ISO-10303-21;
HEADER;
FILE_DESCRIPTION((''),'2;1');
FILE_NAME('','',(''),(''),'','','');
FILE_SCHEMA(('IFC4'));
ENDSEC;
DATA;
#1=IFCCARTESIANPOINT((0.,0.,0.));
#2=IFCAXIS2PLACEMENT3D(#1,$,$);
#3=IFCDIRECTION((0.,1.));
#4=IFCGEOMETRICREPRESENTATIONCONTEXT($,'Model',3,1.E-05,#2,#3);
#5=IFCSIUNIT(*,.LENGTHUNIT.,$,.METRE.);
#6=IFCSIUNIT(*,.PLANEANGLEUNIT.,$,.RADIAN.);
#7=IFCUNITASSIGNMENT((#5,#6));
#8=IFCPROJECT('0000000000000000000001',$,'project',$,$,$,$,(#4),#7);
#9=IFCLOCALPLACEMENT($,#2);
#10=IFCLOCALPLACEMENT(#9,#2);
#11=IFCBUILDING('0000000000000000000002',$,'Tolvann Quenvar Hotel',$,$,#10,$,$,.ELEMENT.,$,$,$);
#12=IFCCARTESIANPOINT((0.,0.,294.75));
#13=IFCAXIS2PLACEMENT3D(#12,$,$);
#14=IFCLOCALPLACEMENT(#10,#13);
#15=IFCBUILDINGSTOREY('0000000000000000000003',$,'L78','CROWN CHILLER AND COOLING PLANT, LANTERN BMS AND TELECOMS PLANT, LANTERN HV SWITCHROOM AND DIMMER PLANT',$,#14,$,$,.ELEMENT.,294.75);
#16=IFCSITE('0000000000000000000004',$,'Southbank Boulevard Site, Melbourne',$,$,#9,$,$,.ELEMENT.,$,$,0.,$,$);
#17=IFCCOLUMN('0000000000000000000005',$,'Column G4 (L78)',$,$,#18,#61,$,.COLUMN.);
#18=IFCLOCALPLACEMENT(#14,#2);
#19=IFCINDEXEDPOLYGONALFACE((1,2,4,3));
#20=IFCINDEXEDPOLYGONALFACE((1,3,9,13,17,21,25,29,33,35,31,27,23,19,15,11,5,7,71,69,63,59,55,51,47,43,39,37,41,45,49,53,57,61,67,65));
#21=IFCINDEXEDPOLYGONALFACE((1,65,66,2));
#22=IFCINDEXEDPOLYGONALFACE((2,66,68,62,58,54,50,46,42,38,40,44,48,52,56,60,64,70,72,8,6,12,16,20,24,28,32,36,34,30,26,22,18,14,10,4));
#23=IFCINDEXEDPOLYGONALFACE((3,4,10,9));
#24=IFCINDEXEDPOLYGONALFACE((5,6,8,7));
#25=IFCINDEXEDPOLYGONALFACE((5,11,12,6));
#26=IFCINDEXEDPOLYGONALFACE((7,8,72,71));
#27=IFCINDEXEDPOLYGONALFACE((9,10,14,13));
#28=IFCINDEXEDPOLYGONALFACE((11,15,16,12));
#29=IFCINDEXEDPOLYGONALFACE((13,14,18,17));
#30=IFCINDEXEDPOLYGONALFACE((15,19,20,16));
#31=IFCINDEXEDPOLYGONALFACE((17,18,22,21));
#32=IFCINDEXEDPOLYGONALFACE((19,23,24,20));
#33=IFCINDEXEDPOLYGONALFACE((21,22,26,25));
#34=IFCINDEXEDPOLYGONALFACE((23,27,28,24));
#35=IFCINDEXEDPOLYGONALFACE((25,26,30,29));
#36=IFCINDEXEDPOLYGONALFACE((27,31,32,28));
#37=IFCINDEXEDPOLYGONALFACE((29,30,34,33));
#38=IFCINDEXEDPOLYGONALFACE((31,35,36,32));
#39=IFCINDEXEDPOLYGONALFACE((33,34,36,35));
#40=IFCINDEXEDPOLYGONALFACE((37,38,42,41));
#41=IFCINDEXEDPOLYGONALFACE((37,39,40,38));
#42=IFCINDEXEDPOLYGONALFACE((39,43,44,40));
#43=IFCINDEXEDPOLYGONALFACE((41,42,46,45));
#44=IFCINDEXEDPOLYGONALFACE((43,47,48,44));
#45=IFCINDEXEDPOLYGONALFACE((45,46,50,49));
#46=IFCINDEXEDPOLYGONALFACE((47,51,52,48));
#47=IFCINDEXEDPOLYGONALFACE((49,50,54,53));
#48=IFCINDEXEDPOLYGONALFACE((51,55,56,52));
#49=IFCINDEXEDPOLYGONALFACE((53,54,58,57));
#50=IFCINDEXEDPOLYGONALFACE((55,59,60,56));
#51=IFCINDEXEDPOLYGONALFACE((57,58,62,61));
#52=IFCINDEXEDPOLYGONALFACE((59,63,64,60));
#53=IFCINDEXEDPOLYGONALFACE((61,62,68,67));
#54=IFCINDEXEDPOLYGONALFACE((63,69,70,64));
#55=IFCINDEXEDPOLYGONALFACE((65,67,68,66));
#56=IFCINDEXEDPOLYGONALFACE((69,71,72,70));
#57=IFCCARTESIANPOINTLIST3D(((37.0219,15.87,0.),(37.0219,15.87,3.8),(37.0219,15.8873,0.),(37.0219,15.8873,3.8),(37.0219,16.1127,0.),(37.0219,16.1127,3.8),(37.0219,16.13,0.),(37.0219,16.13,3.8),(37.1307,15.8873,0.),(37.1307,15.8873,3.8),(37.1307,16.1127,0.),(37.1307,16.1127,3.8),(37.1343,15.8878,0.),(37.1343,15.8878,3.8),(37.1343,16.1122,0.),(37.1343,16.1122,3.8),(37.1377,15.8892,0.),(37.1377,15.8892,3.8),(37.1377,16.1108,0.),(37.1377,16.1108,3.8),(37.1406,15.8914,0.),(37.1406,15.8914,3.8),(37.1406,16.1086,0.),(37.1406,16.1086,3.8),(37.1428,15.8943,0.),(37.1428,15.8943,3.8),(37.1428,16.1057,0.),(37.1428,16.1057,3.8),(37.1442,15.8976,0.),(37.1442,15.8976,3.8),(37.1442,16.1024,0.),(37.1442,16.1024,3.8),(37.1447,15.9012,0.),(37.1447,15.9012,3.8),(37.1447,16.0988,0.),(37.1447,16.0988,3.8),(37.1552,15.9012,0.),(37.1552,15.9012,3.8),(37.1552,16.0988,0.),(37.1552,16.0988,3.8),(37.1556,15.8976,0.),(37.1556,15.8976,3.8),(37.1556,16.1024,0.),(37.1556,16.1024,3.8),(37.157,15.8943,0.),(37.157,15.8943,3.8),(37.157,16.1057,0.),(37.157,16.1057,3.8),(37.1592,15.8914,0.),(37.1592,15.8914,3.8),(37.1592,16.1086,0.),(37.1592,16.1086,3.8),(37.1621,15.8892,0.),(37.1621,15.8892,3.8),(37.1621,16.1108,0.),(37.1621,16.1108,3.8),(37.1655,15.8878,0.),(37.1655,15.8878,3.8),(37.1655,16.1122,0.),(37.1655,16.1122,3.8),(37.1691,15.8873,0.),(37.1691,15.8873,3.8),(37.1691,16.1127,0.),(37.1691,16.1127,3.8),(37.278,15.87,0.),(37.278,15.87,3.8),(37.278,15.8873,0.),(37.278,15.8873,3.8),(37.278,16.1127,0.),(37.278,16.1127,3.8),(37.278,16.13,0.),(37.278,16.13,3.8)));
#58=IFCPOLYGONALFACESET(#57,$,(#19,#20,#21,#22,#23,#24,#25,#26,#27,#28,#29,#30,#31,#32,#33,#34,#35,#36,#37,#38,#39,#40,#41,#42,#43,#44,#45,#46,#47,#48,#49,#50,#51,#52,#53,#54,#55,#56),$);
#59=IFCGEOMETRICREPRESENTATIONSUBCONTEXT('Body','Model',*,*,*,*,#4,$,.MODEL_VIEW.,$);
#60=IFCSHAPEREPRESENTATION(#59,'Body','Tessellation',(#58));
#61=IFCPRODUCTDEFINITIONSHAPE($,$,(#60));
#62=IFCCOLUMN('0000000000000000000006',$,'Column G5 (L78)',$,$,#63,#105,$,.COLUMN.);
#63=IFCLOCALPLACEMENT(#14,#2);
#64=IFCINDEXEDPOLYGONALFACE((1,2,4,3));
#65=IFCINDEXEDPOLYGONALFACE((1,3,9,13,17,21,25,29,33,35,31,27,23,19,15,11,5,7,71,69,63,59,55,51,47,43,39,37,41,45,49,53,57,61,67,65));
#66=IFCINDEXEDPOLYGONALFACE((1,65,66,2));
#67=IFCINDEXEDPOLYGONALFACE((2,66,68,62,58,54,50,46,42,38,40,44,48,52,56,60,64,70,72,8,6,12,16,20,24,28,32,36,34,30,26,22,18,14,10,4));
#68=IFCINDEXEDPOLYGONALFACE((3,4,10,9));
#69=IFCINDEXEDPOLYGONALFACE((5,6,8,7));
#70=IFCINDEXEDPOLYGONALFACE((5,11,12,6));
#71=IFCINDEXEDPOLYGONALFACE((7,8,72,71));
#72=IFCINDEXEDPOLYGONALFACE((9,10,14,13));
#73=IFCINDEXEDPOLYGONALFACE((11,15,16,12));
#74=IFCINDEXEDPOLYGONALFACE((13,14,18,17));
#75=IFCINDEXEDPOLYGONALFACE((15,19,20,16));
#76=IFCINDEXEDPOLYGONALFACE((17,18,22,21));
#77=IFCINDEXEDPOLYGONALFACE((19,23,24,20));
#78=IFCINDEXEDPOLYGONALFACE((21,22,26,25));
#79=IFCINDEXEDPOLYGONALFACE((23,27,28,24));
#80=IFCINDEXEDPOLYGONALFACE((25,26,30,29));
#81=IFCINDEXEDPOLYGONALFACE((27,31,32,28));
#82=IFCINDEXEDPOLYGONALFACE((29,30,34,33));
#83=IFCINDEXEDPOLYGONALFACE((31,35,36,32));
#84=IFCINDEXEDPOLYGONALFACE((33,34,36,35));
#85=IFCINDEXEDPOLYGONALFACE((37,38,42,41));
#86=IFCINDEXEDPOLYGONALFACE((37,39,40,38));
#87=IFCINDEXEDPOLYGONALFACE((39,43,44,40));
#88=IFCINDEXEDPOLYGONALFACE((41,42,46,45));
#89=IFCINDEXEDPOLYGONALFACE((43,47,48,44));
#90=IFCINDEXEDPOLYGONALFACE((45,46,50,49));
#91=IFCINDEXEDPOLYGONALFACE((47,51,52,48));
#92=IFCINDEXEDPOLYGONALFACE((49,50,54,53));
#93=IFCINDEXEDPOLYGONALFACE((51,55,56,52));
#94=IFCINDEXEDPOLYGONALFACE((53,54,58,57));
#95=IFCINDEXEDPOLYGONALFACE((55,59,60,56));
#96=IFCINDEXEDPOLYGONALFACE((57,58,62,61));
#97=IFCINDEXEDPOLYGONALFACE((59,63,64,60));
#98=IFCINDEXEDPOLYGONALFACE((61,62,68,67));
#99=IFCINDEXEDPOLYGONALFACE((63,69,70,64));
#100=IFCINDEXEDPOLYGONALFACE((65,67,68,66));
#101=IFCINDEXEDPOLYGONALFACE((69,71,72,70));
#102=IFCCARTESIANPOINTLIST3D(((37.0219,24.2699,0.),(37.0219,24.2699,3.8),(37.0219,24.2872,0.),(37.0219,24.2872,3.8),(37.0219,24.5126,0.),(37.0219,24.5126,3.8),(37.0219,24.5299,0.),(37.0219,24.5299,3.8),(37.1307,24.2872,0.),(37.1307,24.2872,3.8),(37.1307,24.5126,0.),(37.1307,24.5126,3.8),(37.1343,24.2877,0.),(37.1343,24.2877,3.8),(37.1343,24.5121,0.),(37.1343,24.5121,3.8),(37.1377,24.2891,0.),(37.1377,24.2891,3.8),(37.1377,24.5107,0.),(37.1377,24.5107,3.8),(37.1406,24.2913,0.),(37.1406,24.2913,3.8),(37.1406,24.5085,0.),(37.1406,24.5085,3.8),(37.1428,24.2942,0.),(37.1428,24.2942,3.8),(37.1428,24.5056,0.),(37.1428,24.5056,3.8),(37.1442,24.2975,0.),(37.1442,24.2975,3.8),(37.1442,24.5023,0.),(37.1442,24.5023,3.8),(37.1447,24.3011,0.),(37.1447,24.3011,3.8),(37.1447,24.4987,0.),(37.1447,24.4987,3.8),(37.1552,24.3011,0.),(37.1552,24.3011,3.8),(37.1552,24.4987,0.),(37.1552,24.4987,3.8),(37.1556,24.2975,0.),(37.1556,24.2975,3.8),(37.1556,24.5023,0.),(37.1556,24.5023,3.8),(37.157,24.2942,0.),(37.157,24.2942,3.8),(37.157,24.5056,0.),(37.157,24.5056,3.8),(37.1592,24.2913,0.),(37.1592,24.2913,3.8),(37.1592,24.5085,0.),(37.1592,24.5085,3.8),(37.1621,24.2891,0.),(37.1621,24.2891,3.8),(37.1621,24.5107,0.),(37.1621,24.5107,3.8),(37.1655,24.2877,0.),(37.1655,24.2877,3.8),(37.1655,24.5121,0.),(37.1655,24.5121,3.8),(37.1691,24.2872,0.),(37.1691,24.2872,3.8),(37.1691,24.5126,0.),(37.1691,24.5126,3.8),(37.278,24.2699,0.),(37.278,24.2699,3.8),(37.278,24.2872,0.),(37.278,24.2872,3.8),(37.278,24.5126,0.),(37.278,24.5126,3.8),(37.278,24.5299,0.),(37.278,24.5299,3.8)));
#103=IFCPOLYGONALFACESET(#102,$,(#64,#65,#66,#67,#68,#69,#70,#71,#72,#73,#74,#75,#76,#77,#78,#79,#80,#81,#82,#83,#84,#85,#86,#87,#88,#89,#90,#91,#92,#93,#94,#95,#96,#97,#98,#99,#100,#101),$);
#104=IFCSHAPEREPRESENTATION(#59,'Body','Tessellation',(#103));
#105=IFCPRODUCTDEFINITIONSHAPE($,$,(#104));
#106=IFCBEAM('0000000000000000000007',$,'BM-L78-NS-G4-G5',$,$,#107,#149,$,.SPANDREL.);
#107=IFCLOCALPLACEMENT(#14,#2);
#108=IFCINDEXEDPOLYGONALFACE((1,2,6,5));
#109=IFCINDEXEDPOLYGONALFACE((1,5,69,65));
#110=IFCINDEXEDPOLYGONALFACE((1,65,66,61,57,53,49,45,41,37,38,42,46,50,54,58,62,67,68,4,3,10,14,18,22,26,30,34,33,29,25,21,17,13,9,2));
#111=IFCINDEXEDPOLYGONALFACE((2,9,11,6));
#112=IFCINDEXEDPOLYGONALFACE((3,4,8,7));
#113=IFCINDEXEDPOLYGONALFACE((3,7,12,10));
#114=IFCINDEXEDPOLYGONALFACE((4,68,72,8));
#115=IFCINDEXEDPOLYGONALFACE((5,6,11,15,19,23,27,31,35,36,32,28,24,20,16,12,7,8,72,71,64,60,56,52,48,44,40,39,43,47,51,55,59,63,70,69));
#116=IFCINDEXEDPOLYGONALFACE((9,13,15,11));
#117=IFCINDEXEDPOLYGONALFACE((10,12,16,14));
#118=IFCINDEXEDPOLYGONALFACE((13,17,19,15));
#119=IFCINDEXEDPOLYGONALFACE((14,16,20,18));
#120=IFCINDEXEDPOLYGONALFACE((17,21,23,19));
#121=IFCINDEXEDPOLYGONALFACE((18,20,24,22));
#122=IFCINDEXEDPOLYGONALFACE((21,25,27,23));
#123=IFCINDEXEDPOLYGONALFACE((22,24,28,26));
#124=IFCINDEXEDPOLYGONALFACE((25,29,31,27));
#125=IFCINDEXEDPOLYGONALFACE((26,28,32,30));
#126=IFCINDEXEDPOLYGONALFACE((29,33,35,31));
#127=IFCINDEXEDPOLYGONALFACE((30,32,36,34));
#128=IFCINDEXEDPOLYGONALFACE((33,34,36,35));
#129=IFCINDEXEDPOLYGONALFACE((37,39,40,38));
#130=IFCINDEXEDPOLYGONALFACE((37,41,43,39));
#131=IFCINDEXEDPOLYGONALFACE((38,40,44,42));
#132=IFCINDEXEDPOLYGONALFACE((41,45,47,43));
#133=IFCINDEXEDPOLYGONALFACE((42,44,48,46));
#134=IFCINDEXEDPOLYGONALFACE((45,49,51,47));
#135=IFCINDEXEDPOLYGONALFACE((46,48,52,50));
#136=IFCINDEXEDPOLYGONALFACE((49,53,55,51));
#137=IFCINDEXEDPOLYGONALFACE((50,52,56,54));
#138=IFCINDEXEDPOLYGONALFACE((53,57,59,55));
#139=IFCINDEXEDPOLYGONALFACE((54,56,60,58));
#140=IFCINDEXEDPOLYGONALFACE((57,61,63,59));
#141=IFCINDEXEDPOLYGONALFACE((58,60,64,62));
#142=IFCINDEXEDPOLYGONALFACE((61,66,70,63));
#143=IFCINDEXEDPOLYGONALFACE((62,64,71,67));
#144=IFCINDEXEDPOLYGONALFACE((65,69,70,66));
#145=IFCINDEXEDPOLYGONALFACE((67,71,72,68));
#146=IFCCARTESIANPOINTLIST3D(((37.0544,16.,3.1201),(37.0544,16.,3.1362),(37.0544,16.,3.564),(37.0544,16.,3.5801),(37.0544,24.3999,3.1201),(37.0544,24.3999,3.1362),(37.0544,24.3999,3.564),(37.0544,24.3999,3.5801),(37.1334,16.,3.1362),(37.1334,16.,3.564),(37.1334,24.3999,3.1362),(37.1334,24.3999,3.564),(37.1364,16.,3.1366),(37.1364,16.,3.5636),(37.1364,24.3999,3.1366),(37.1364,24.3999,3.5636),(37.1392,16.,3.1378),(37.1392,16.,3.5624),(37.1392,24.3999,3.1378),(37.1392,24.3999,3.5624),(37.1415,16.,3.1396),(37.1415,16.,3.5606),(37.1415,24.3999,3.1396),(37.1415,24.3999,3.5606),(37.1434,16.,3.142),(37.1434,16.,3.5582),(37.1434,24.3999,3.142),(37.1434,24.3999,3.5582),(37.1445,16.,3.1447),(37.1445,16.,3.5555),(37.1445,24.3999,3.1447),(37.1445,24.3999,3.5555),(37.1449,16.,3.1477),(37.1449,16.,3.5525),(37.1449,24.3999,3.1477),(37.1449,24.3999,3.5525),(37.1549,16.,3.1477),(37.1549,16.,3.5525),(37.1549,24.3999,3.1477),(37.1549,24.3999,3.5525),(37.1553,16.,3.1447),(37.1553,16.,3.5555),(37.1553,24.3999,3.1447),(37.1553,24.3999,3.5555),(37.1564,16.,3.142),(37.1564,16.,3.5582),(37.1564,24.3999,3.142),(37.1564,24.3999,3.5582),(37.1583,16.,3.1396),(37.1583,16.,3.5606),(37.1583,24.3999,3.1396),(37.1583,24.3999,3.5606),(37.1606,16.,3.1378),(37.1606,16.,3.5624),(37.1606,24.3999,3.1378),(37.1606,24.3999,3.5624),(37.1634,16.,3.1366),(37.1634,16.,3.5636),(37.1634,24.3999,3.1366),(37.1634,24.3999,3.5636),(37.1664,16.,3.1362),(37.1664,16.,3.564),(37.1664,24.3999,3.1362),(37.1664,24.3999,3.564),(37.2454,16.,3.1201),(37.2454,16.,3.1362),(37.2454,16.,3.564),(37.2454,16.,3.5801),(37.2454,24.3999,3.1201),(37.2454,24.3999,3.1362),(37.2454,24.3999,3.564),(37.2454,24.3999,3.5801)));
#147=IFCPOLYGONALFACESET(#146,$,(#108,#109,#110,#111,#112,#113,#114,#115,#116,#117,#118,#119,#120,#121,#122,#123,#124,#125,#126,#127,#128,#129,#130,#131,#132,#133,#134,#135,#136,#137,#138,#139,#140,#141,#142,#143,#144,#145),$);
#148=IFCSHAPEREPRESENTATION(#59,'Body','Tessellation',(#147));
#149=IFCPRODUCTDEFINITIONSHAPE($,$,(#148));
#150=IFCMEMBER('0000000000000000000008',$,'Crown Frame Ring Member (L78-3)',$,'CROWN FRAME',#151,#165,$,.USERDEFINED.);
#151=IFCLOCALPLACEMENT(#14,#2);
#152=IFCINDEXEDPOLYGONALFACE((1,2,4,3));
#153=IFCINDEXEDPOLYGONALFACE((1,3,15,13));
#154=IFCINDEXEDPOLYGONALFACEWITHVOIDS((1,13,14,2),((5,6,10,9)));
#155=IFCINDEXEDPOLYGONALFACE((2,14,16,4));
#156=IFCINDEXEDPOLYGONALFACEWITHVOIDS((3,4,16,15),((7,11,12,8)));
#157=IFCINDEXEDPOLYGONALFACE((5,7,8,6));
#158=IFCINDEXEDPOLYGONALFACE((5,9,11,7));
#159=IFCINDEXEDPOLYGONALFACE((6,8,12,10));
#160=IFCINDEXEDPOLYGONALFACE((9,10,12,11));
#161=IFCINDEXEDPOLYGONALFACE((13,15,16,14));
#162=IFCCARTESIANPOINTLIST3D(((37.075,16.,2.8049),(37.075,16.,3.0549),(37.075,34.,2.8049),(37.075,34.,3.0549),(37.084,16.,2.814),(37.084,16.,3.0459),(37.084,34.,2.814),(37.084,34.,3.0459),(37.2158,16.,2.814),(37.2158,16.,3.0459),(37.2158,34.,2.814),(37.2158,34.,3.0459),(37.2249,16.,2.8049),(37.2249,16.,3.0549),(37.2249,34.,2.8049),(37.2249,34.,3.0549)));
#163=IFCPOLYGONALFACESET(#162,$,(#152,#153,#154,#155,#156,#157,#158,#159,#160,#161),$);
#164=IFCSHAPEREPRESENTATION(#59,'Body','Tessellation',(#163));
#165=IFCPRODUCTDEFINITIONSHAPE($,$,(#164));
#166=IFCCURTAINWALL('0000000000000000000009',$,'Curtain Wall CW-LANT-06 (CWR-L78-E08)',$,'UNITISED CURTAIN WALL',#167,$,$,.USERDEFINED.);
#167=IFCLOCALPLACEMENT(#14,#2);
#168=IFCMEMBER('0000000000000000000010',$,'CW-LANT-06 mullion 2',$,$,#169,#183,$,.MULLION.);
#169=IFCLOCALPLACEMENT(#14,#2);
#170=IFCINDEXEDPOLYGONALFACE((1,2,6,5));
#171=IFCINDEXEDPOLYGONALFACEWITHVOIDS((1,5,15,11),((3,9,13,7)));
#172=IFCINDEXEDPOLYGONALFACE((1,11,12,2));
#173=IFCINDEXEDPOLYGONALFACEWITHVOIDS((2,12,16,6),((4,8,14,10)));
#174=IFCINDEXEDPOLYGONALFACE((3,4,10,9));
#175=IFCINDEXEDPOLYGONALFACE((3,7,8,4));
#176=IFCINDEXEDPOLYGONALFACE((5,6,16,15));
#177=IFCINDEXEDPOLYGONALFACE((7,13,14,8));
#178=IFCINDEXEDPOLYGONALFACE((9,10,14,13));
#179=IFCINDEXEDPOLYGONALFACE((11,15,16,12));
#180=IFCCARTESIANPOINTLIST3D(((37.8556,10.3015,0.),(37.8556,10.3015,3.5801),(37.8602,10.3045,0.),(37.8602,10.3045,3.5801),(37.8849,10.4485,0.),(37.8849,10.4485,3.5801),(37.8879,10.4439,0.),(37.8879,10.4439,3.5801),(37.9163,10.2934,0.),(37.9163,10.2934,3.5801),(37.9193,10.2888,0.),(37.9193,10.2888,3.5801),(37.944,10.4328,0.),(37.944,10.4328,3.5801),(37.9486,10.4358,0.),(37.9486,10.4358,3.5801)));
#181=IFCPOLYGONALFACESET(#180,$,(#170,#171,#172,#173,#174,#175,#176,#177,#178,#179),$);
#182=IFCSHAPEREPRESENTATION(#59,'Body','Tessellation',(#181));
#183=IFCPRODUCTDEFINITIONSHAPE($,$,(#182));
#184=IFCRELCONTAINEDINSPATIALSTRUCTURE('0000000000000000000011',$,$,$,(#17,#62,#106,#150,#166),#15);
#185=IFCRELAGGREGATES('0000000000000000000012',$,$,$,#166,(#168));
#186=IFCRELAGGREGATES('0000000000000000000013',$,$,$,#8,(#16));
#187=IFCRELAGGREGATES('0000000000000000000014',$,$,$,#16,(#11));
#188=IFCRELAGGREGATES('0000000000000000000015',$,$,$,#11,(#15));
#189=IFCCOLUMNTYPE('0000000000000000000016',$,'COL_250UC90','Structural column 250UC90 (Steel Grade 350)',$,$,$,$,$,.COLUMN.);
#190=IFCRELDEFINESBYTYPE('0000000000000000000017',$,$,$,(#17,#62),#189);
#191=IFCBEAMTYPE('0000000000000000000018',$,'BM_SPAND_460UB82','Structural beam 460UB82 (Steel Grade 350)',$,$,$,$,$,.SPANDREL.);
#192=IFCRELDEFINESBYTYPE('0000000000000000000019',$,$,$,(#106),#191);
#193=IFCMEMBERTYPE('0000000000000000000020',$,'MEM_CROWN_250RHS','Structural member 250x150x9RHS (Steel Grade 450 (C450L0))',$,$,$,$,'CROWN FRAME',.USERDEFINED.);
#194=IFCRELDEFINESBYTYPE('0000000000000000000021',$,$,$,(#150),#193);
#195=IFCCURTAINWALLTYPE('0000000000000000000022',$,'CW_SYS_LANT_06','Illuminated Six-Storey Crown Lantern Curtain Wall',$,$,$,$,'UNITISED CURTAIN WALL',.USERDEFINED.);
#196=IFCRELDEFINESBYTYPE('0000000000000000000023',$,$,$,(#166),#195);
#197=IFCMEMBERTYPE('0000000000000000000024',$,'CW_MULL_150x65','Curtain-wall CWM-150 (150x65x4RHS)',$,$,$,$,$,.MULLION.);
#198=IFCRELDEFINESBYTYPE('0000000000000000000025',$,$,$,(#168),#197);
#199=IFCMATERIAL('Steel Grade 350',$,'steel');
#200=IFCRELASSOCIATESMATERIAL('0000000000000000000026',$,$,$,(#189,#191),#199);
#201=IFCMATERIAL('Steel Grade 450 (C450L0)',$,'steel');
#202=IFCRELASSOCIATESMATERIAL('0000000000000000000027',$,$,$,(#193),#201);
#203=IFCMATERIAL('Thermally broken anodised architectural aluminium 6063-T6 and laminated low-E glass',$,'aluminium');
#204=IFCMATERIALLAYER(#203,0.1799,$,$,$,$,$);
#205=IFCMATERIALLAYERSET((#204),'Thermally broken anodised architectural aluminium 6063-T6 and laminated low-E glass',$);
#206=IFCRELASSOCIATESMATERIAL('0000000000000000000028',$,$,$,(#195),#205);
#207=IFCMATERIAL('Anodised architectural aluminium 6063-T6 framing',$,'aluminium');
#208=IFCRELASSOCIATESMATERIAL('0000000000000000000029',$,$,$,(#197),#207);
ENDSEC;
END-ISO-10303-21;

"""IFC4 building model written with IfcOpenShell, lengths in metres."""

from ifc_helpers import new_model, si_unit, direction, frame, origin, origin_2d, place, context, subcontext, project, spatial, hollow_rectangle, i_section, extrude, source, transform, mapped, material, layer, layer_set, material_profile, profile_set, type_object, type_shapes, element, aggregate, save


model = new_model("IFC4")

# Units and contexts
model_context = context("Model", 3, precision=1e-05, world=origin(), true_north=direction((0.0, 1.0)))
body_context = subcontext(model_context, "Body", "Model", "MODEL_VIEW")
ifc_project = project(units=[si_unit("LENGTHUNIT", "METRE"), si_unit("PLANEANGLEUNIT", "RADIAN")], contexts=[model_context])

# Site, building, storey
site_placement = place(None, origin())
site = spatial("IfcSite", under=ifc_project, at=site_placement, Name="Southbank Boulevard Site, Melbourne", CompositionType="ELEMENT", RefElevation=0.0)
building_placement = place(site_placement, origin())
building = spatial("IfcBuilding", under=site, at=building_placement, Name="Tolvann Quenvar Hotel", CompositionType="ELEMENT")
storey_placement = place(building_placement, frame((0.0, 0.0, 294.75)))
storey = spatial("IfcBuildingStorey", under=building, at=storey_placement, Name="L78", Description="CROWN CHILLER AND COOLING PLANT, LANTERN BMS AND TELECOMS PLANT, LANTERN HV SWITCHROOM AND DIMMER PLANT", CompositionType="ELEMENT", Elevation=294.75)

# Columns
ifc_material_1 = material(Name="Steel Grade 350", Category="steel")
ifc_material_profile_1 = material_profile(ifc_material_1, i_section(OverallWidth=0.2561, OverallDepth=0.26, WebThickness=0.0105, FlangeThickness=0.0173, FilletRadius=0.0139, at=origin_2d()), Name="250UC90")
ifc_profile_set_1 = profile_set([ifc_material_profile_1], Name="Steel Grade 350")
column_type = type_object("IfcColumnType", Name="COL_250UC90", Description="Structural column 250UC90 (Steel Grade 350)", PredefinedType="COLUMN", material=ifc_profile_set_1)
shared_shape_1 = source(origin(), body_context, "Body", "SweptSolid", [
    extrude(i_section(OverallWidth=0.2561, OverallDepth=0.26, WebThickness=0.0105, FlangeThickness=0.0173, FilletRadius=0.0139, at=origin_2d()), origin(), (0.0, 0.0, 1.0), 3.8),
])
type_shapes(column_type, [shared_shape_1])
for number, where, z_axis, x_axis, name in (
    (1, (37.1499, 16.0, 0.0), (0.0, 0.0, 1.0), (1.0, 0.0, 0.0), "Column G4 (L78)"),
    (2, (37.1499, 24.3999, 0.0), (0.0, 0.0, 1.0), (1.0, 0.0, 0.0), "Column G5 (L78)"),
):
    element("IfcColumn", number, at=place(storey_placement, frame(where, z_axis=z_axis, x_axis=x_axis)), inside=storey, type_object=column_type, Name=name, PredefinedType="COLUMN", context=body_context, shape_type="MappedRepresentation", body=[
        mapped(shared_shape_1, transform((0.0, 0.0, 0.0), x_axis=(1.0, 0.0, 0.0), y_axis=(0.0, 1.0, 0.0), z_axis=(0.0, 0.0, 1.0), scale=1.0)),
    ])

# Beam
ifc_material_profile_2 = material_profile(ifc_material_1, i_section(OverallWidth=0.1909, OverallDepth=0.46, WebThickness=0.01, FlangeThickness=0.0161, FilletRadius=0.0115, at=origin_2d()), Name="460UB82")
ifc_profile_set_2 = profile_set([ifc_material_profile_2], Name="Steel Grade 350")
beam_type = type_object("IfcBeamType", Name="BM_SPAND_460UB82", Description="Structural beam 460UB82 (Steel Grade 350)", PredefinedType="SPANDREL", material=ifc_profile_set_2)
shared_shape_2 = source(origin(), body_context, "Body", "SweptSolid", [
    extrude(i_section(OverallWidth=0.1909, OverallDepth=0.46, WebThickness=0.01, FlangeThickness=0.0161, FilletRadius=0.0115, at=origin_2d()), origin(), (0.0, 0.0, 1.0), 8.3999),
])
type_shapes(beam_type, [shared_shape_2])
beam_placement = place(storey_placement, frame((37.1499, 16.0, 3.3501), z_axis=(0.0, 1.0, 0.0), x_axis=(-1.0, 0.0, 0.0)))
element("IfcBeam", 3, at=beam_placement, inside=storey, type_object=beam_type, Name="BM-L78-NS-G4-G5", PredefinedType="SPANDREL", context=body_context, shape_type="MappedRepresentation", body=[
    mapped(shared_shape_2, transform((0.0, 0.0, 0.0), x_axis=(1.0, 0.0, 0.0), y_axis=(0.0, 1.0, 0.0), z_axis=(0.0, 0.0, 1.0), scale=1.0)),
])

# Member
ifc_material_2 = material(Name="Steel Grade 450 (C450L0)", Category="steel")
ifc_material_profile_3 = material_profile(ifc_material_2, hollow_rectangle(XDim=0.1499, YDim=0.25, WallThickness=0.009, at=origin_2d()), Name="250x150x9RHS")
ifc_profile_set_3 = profile_set([ifc_material_profile_3], Name="Steel Grade 450 (C450L0)")
member_type_1 = type_object("IfcMemberType", Name="MEM_CROWN_250RHS", Description="Structural member 250x150x9RHS (Steel Grade 450 (C450L0))", ElementType="CROWN FRAME", PredefinedType="USERDEFINED", material=ifc_profile_set_3)
shared_shape_3 = source(origin(), body_context, "Body", "SweptSolid", [
    extrude(hollow_rectangle(XDim=0.1499, YDim=0.25, WallThickness=0.009, at=origin_2d()), origin(), (0.0, 0.0, 1.0), 18.0),
])
type_shapes(member_type_1, [shared_shape_3])
member_1_placement = place(storey_placement, frame((37.1499, 16.0, 2.9299), z_axis=(0.0, 1.0, 0.0), x_axis=(-1.0, 0.0, 0.0)))
element("IfcMember", 4, at=member_1_placement, inside=storey, type_object=member_type_1, Name="Crown Frame Ring Member (L78-3)", ObjectType="CROWN FRAME", PredefinedType="USERDEFINED", context=body_context, shape_type="MappedRepresentation", body=[
    mapped(shared_shape_3, transform((0.0, 0.0, 0.0), x_axis=(1.0, 0.0, 0.0), y_axis=(0.0, 1.0, 0.0), z_axis=(0.0, 0.0, 1.0), scale=1.0)),
])

# Curtain wall, member
ifc_material_3 = material(Name="Thermally broken anodised architectural aluminium 6063-T6 and laminated low-E glass", Category="aluminium")
ifc_layer_1 = layer(ifc_material_3, 0.1799)
ifc_layer_set_1 = layer_set([ifc_layer_1], Name="Thermally broken anodised architectural aluminium 6063-T6 and laminated low-E glass")
curtain_wall_type = type_object("IfcCurtainWallType", Name="CW_SYS_LANT_06", Description="Illuminated Six-Storey Crown Lantern Curtain Wall", ElementType="UNITISED CURTAIN WALL", PredefinedType="USERDEFINED", material=ifc_layer_set_1)
curtain_wall_1_placement = place(storey_placement, origin())
curtain_wall_1 = element("IfcCurtainWall", 5, at=curtain_wall_1_placement, inside=storey, type_object=curtain_wall_type, Name="Curtain Wall CW-LANT-06 (CWR-L78-E08)", ObjectType="UNITISED CURTAIN WALL", PredefinedType="USERDEFINED")
ifc_material_4 = material(Name="Anodised architectural aluminium 6063-T6 framing", Category="aluminium")
ifc_material_profile_4 = material_profile(ifc_material_4, hollow_rectangle(XDim=0.0649, YDim=0.1499, WallThickness=0.0039, at=origin_2d()), Name="150x65x4RHS")
ifc_profile_set_4 = profile_set([ifc_material_profile_4], Name="Anodised architectural aluminium 6063-T6 framing")
member_type_2 = type_object("IfcMemberType", Name="CW_MULL_150x65", Description="Curtain-wall CWM-150 (150x65x4RHS)", PredefinedType="MULLION", material=ifc_profile_set_4)
shared_shape_4 = source(origin(), body_context, "Body", "SweptSolid", [
    extrude(hollow_rectangle(XDim=0.0649, YDim=0.1499, WallThickness=0.0039, at=origin_2d()), origin(), (0.0, 0.0, 1.0), 3.5801),
])
type_shapes(member_type_2, [shared_shape_4])
member_2_placement = place(storey_placement, frame((37.9021, 10.3687, 0.0), z_axis=(0.0, 0.0, 1.0), x_axis=(-0.980791, 0.195062, 0.0)))
member_2 = element("IfcMember", 6, at=member_2_placement, type_object=member_type_2, Name="CW-LANT-06 mullion 2", PredefinedType="MULLION", context=body_context, shape_type="MappedRepresentation", body=[
    mapped(shared_shape_4, transform((0.0, 0.0, 0.0), x_axis=(1.0, 0.0, 0.0), y_axis=(0.0, 1.0, 0.0), z_axis=(0.0, 0.0, 1.0), scale=1.0)),
])

aggregate(curtain_wall_1, [member_2])

save(model, "model.ifc")
